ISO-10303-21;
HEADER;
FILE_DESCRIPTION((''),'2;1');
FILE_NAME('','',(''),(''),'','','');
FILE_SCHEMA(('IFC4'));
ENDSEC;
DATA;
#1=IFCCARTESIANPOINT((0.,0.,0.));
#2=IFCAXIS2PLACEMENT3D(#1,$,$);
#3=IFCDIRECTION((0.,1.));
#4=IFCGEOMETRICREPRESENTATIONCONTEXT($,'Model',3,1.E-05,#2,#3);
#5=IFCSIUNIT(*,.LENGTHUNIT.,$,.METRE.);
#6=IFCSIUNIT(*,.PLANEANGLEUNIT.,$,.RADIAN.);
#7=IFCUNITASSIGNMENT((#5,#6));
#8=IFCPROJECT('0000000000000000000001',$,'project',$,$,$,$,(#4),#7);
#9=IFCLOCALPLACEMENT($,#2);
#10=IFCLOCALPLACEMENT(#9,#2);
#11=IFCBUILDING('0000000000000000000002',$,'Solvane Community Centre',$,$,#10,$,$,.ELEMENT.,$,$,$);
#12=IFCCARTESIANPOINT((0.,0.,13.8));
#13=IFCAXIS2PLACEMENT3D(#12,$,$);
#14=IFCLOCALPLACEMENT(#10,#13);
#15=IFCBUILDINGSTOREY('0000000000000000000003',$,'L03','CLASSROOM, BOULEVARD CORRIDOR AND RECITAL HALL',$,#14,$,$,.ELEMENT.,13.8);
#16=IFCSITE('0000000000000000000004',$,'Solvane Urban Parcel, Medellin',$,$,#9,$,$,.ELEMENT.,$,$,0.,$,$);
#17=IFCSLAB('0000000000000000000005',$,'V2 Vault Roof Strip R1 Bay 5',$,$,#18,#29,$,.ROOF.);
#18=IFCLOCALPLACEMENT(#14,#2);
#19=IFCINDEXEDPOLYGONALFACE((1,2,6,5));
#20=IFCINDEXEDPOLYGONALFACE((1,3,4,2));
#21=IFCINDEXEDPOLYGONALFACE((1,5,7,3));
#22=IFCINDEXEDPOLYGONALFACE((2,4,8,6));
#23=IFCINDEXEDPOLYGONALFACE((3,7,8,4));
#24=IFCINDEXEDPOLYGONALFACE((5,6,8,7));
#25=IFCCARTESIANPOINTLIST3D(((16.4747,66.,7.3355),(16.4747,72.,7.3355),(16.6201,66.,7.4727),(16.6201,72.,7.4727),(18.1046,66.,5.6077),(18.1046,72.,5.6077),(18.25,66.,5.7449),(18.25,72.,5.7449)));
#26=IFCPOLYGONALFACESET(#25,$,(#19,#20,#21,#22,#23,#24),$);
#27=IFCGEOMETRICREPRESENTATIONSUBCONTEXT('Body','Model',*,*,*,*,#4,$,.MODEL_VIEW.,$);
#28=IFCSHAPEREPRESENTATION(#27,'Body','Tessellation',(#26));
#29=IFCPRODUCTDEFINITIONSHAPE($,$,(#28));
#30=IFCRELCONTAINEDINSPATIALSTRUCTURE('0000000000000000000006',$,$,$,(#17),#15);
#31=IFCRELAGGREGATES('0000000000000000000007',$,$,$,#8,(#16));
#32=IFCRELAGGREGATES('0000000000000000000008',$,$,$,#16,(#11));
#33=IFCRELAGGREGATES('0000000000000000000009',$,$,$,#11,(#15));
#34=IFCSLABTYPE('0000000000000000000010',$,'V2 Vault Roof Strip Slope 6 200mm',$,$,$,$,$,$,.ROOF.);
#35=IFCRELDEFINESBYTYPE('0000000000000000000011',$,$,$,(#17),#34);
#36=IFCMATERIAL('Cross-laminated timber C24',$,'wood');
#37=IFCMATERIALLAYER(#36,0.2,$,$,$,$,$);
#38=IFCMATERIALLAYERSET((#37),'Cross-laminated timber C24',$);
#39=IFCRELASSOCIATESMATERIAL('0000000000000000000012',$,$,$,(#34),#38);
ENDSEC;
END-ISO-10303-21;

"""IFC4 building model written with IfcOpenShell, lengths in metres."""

from ifc_helpers import new_model, si_unit, direction, frame, origin, place, context, subcontext, project, spatial, polyline, outline, extrude, material, layer, layer_set, type_object, element, save


model = new_model("IFC4")

# Units and contexts
model_context = context("Model", 3, precision=1e-05, world=origin(), true_north=direction((0.0, 1.0)))
body_context = subcontext(model_context, "Body", "Model", "MODEL_VIEW")
ifc_project = project(units=[si_unit("LENGTHUNIT", "METRE"), si_unit("PLANEANGLEUNIT", "RADIAN")], contexts=[model_context])

# Site, building, storey
site_placement = place(None, origin())
site = spatial("IfcSite", under=ifc_project, at=site_placement, Name="Solvane Urban Parcel, Medellin", CompositionType="ELEMENT", RefElevation=0.0)
building_placement = place(site_placement, origin())
building = spatial("IfcBuilding", under=site, at=building_placement, Name="Solvane Community Centre", CompositionType="ELEMENT")
storey_placement = place(building_placement, frame((0.0, 0.0, 13.8)))
storey = spatial("IfcBuildingStorey", under=building, at=storey_placement, Name="L03", Description="CLASSROOM, BOULEVARD CORRIDOR AND RECITAL HALL", CompositionType="ELEMENT", Elevation=13.8)

# Slab
ifc_material_1 = material(Name="Cross-laminated timber C24", Category="wood")
ifc_layer_1 = layer(ifc_material_1, 0.2)
ifc_layer_set_1 = layer_set([ifc_layer_1], Name="Cross-laminated timber C24")
slab_type_1 = type_object("IfcSlabType", Name="V2 Vault Roof Strip Slope 6 200mm", PredefinedType="ROOF", material=ifc_layer_set_1)
for number, where, z_axis, x_axis, name in (
    (1, (16.6201, 66.0, 7.4727), (0.727415, 0.0, 0.686198), (0.686198, 0.0, -0.727415), "V2 Vault Roof Strip R1 Bay 5"),
):
    element("IfcSlab", number, at=place(storey_placement, frame(where, z_axis=z_axis, x_axis=x_axis)), inside=storey, type_object=slab_type_1, Name=name, PredefinedType="ROOF", context=body_context, shape_type="SweptSolid", body=[
        extrude(outline(polyline([(0.0, 0.0), (2.3752, 0.0), (2.3752, 6.0), (0.0, 6.0), (0.0, 0.0)])), origin(), (0.0, 0.0, -1.0), 0.2),
    ])

save(model, "model.ifc")
